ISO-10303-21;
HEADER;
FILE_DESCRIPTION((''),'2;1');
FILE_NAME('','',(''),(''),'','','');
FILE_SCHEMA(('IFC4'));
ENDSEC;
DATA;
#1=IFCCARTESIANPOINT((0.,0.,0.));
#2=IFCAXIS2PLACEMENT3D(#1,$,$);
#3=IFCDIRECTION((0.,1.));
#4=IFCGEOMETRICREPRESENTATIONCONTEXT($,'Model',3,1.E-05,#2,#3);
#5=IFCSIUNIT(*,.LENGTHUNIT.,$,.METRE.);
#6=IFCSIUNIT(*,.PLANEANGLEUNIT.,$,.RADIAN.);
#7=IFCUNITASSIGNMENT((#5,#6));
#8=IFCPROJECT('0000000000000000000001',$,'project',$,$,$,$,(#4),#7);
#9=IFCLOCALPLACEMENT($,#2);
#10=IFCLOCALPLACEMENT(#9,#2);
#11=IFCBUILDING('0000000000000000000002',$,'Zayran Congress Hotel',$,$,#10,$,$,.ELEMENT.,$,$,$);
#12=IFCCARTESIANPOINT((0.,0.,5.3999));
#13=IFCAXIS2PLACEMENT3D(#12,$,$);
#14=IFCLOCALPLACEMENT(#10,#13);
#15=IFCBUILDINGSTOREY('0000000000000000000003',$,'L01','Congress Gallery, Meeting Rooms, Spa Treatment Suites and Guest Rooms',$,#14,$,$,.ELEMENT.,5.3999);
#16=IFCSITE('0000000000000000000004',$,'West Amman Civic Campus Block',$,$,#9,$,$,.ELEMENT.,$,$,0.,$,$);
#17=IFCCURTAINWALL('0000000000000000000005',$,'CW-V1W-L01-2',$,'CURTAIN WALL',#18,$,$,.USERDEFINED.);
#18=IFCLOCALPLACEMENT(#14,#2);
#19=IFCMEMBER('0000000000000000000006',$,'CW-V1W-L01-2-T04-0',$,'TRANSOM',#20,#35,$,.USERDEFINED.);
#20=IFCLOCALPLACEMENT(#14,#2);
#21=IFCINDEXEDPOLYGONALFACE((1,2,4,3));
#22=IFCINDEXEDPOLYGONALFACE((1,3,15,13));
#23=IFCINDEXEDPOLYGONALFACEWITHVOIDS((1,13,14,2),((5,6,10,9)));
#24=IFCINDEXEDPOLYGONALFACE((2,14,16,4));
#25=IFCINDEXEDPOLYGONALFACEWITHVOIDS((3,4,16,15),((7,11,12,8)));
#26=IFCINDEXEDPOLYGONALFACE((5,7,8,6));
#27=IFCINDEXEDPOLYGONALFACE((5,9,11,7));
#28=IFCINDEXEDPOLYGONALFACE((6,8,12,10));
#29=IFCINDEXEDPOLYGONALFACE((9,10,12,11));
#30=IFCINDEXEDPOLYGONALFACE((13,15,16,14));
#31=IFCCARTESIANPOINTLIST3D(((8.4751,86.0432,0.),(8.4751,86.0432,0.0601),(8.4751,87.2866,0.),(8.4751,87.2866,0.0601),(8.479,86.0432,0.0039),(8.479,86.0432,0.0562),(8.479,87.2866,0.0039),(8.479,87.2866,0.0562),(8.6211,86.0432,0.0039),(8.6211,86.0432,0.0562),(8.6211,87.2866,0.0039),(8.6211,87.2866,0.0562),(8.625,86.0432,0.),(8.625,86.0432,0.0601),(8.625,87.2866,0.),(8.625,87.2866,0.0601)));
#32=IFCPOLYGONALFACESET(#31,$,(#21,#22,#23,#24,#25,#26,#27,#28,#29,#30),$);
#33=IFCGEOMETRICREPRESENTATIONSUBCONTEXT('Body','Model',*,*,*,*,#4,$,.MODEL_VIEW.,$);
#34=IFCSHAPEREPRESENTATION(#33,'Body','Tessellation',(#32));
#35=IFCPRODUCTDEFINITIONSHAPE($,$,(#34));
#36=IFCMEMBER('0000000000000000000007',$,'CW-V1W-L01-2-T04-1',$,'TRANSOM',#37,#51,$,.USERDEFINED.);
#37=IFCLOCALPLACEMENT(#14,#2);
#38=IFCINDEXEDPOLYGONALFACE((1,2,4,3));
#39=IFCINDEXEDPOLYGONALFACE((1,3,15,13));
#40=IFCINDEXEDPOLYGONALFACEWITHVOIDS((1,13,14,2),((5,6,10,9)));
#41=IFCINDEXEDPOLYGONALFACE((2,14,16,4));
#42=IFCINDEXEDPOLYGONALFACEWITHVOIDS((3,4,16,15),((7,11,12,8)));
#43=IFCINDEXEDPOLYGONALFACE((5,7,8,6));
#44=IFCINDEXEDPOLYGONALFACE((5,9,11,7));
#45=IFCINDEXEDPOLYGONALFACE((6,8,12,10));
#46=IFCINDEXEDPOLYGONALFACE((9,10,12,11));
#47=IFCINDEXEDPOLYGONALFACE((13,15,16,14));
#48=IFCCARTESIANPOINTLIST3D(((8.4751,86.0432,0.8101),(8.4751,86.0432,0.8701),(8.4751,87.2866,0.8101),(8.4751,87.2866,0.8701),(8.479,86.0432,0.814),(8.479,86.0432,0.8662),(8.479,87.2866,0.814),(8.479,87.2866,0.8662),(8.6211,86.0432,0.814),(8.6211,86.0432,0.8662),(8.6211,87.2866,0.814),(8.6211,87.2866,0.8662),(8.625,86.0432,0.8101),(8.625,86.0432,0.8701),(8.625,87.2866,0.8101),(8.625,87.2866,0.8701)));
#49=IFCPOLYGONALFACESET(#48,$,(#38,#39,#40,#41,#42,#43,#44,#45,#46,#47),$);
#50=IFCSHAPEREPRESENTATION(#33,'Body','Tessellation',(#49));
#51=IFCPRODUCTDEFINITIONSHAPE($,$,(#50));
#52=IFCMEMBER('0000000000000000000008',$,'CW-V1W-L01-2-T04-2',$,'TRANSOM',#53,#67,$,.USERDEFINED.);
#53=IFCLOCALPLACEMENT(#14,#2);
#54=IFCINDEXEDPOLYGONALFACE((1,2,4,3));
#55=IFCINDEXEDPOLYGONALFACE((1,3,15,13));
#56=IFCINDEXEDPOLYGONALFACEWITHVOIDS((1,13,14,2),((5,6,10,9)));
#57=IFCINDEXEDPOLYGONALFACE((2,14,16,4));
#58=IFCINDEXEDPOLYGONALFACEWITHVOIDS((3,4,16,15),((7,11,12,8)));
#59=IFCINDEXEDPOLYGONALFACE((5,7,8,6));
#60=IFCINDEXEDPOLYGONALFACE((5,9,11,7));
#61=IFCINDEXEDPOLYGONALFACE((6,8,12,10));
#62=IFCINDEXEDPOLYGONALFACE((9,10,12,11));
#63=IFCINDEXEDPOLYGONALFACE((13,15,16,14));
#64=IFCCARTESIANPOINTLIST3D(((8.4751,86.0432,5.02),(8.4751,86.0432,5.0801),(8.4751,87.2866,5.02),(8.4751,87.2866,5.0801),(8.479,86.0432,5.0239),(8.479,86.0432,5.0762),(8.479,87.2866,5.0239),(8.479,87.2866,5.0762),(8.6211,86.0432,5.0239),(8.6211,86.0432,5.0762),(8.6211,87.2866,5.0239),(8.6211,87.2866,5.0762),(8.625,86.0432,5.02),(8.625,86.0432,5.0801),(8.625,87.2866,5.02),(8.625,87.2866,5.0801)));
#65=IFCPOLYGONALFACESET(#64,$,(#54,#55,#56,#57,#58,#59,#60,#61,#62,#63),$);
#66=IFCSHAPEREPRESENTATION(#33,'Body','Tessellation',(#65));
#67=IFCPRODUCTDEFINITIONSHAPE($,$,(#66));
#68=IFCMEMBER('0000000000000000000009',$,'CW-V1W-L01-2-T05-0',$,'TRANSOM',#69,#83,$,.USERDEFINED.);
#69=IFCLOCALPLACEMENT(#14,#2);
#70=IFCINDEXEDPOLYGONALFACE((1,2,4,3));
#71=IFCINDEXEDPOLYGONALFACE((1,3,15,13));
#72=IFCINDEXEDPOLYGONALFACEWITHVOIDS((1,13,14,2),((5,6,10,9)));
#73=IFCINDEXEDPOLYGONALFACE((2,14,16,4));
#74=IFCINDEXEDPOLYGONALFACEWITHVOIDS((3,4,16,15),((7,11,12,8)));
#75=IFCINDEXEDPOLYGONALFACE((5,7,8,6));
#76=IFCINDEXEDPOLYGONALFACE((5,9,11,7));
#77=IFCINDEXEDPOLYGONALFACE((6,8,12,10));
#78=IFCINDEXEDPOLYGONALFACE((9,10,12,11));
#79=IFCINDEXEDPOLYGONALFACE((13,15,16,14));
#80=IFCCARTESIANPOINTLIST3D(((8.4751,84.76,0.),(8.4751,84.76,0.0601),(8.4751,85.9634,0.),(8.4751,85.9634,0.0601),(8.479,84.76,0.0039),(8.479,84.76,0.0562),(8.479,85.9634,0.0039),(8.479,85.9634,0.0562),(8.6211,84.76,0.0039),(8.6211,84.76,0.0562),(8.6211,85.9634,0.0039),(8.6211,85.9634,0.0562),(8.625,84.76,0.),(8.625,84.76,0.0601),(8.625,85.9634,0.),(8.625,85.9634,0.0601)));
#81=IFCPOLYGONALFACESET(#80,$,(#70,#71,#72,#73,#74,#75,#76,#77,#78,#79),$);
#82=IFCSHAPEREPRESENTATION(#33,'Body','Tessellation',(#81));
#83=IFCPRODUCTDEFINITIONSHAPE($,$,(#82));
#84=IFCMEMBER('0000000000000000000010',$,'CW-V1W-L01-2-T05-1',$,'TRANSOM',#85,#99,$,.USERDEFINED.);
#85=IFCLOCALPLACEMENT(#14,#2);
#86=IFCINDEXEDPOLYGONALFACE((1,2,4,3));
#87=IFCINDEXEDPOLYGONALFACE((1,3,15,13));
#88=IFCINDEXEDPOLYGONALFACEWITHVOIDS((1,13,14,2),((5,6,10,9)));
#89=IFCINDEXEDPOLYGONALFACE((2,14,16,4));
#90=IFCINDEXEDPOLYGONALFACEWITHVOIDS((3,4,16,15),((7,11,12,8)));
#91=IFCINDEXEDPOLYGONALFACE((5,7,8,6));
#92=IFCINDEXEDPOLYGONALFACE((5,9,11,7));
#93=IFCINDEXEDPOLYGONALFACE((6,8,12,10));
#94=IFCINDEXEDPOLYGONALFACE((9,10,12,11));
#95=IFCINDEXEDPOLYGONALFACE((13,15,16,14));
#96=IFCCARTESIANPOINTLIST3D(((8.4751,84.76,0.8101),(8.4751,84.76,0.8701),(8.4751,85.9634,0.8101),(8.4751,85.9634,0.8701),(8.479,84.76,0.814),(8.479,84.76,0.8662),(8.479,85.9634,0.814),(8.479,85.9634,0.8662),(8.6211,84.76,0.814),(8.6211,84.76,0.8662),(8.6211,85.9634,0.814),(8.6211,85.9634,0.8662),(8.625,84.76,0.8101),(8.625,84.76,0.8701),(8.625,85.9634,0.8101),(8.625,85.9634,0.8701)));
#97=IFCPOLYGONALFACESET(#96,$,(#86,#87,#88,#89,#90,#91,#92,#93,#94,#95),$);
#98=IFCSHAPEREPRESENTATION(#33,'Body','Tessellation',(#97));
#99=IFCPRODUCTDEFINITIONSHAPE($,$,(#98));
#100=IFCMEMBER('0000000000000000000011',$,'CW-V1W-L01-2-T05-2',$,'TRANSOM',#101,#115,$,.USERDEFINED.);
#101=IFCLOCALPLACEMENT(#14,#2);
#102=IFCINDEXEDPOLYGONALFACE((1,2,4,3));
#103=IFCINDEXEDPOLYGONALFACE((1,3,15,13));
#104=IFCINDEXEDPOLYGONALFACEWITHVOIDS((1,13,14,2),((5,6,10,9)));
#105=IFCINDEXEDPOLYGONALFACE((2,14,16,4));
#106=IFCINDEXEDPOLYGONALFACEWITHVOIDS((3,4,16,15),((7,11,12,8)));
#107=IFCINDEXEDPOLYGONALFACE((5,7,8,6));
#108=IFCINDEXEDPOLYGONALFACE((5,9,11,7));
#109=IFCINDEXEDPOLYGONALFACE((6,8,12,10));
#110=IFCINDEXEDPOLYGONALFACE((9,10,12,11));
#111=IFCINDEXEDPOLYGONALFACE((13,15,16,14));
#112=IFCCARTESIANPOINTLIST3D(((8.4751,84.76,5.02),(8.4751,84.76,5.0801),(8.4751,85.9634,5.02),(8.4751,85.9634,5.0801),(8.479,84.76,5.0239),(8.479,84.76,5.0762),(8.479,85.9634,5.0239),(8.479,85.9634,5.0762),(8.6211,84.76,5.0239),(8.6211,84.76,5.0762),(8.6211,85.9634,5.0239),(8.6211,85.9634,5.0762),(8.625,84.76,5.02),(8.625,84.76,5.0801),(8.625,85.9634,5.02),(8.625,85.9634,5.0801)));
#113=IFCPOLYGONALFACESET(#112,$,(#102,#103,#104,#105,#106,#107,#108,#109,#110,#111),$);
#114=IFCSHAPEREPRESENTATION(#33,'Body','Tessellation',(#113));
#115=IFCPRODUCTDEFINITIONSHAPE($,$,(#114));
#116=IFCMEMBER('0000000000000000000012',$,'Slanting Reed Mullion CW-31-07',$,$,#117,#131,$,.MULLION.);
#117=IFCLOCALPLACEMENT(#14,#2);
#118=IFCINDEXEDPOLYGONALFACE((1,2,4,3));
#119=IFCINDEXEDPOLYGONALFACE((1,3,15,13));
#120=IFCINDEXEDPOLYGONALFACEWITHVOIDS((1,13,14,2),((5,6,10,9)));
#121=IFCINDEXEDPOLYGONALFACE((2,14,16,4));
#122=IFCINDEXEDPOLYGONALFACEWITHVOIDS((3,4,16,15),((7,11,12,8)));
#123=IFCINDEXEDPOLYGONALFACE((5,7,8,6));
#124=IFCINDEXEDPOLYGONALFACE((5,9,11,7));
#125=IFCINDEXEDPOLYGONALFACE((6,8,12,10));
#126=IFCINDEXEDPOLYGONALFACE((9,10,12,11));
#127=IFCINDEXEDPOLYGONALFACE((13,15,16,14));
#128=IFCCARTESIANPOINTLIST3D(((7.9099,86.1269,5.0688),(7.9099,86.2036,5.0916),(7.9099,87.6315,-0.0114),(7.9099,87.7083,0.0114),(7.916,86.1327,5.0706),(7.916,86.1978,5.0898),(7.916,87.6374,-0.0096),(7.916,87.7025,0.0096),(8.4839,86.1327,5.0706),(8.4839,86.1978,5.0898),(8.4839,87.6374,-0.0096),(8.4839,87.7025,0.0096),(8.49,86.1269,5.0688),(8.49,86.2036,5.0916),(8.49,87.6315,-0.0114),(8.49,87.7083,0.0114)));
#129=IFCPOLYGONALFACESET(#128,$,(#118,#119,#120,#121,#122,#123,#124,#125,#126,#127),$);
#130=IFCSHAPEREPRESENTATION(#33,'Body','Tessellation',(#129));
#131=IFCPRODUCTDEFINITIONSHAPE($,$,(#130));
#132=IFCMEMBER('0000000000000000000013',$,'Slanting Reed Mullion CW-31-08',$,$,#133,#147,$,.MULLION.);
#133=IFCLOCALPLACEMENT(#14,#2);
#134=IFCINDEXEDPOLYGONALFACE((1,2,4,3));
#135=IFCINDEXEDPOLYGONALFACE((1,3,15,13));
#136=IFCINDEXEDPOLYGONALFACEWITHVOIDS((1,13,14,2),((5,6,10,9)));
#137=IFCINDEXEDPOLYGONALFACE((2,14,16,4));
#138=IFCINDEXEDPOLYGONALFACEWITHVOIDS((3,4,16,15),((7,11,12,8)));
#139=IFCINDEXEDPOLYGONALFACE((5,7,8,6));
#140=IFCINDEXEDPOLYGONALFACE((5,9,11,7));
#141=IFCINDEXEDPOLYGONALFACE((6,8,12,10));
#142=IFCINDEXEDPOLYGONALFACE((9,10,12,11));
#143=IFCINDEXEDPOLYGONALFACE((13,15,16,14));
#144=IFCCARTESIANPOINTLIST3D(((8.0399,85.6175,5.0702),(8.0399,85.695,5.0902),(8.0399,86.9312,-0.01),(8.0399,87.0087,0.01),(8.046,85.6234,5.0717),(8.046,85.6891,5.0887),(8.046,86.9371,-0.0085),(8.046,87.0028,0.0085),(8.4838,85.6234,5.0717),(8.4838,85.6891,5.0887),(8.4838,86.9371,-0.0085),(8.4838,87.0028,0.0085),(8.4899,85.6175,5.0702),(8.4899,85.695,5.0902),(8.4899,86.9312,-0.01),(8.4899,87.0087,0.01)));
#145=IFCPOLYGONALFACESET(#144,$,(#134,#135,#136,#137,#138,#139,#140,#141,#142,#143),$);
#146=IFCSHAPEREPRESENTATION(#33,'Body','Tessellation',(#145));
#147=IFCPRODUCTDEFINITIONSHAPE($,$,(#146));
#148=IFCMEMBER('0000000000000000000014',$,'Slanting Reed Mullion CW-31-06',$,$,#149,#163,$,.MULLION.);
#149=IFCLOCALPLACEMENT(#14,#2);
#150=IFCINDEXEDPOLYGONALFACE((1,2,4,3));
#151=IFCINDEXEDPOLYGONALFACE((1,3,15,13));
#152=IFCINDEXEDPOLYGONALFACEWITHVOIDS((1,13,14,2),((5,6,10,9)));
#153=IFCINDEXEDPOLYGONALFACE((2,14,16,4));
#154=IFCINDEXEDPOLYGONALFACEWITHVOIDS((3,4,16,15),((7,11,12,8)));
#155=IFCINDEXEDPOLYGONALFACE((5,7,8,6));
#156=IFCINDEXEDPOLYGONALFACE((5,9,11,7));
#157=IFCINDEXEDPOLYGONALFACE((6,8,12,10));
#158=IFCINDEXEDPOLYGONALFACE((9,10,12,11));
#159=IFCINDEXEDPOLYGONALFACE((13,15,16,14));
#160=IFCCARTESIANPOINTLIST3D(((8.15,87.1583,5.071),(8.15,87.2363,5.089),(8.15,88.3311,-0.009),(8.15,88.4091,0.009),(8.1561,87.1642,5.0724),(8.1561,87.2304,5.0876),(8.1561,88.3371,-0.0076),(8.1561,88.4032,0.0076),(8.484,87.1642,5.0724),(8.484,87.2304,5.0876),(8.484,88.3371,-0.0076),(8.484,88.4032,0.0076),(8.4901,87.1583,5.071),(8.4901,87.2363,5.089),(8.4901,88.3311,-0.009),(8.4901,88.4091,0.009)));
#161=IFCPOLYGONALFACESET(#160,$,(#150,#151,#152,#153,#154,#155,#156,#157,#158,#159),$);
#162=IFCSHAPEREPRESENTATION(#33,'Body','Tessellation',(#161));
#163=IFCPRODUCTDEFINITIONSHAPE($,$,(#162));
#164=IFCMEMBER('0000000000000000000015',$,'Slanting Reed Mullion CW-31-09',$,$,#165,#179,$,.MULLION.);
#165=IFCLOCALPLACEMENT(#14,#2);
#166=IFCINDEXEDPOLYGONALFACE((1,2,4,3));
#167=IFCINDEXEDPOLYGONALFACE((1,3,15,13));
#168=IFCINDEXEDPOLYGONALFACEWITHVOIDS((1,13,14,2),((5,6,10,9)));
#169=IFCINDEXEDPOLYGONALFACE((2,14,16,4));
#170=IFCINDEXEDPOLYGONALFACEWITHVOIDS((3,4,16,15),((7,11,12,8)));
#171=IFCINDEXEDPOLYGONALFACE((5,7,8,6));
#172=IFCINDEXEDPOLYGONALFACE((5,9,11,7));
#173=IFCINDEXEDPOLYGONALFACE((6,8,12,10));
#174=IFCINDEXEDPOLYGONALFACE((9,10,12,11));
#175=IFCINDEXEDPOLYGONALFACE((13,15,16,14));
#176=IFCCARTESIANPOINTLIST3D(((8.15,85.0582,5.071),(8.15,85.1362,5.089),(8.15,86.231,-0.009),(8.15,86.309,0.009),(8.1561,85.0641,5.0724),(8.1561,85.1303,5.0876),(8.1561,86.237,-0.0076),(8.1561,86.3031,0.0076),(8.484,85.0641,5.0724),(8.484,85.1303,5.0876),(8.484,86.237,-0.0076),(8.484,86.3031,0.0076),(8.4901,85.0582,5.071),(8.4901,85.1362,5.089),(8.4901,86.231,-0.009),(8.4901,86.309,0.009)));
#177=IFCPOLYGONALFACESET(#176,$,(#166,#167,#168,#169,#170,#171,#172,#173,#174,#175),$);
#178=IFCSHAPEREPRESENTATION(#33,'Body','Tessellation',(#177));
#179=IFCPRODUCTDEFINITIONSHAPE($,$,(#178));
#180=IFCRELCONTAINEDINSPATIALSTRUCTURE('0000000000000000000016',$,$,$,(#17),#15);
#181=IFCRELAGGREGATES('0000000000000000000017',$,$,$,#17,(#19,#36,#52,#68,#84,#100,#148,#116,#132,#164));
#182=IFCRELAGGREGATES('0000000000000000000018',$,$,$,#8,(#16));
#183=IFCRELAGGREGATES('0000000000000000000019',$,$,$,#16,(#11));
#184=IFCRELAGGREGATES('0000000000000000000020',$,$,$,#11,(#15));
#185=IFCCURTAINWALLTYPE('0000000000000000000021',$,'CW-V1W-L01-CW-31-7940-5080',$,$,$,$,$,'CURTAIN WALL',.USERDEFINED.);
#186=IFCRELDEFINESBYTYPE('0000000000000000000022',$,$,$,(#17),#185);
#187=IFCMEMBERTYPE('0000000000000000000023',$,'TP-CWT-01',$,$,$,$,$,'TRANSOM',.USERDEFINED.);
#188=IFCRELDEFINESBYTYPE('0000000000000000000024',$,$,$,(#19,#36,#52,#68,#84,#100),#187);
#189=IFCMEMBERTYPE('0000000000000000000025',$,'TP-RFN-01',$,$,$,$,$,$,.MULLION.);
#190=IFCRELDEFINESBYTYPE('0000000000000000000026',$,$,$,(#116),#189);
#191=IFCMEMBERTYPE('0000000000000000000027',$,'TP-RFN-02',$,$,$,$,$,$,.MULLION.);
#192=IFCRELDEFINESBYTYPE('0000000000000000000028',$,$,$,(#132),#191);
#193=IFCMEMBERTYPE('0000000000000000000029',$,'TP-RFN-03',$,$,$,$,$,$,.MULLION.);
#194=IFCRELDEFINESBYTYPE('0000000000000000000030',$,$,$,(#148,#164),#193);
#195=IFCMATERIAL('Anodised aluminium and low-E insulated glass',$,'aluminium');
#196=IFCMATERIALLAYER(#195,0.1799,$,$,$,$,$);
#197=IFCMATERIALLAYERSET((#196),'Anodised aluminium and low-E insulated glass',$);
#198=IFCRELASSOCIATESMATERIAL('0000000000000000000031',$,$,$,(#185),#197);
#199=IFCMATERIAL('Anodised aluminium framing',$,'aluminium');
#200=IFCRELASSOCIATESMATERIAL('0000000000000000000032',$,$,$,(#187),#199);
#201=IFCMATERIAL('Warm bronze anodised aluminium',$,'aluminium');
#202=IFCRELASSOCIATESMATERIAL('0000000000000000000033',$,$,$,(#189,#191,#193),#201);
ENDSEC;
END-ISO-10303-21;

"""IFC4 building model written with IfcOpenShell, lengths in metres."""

from ifc_helpers import new_model, si_unit, direction, frame, origin, origin_2d, place, context, subcontext, project, spatial, hollow_rectangle, extrude, material, layer, layer_set, material_profile, profile_set, type_object, element, aggregate, save


model = new_model("IFC4")

# Units and contexts
model_context = context("Model", 3, precision=1e-05, world=origin(), true_north=direction((0.0, 1.0)))
body_context = subcontext(model_context, "Body", "Model", "MODEL_VIEW")
ifc_project = project(units=[si_unit("LENGTHUNIT", "METRE"), si_unit("PLANEANGLEUNIT", "RADIAN")], contexts=[model_context])

# Site, building, storey
site_placement = place(None, origin())
site = spatial("IfcSite", under=ifc_project, at=site_placement, Name="West Amman Civic Campus Block", CompositionType="ELEMENT", RefElevation=0.0)
building_placement = place(site_placement, origin())
building = spatial("IfcBuilding", under=site, at=building_placement, Name="Zayran Congress Hotel", CompositionType="ELEMENT")
storey_placement = place(building_placement, frame((0.0, 0.0, 5.3999)))
storey = spatial("IfcBuildingStorey", under=building, at=storey_placement, Name="L01", Description="Congress Gallery, Meeting Rooms, Spa Treatment Suites and Guest Rooms", CompositionType="ELEMENT", Elevation=5.3999)

# Shared definitions
ifc_material_1 = material(Name="Anodised aluminium and low-E insulated glass", Category="aluminium")
ifc_material_2 = material(Name="Anodised aluminium framing", Category="aluminium")

# Curtain wall
ifc_layer_1 = layer(ifc_material_1, 0.1799)
ifc_layer_set_1 = layer_set([ifc_layer_1], Name="Anodised aluminium and low-E insulated glass")
curtain_wall_type_1 = type_object("IfcCurtainWallType", Name="CW-V1W-L01-CW-31-7940-5080", ElementType="CURTAIN WALL", PredefinedType="USERDEFINED", material=ifc_layer_set_1)
curtain_wall_1_placement = place(storey_placement, origin())
curtain_wall_1 = element("IfcCurtainWall", 1, at=curtain_wall_1_placement, inside=storey, type_object=curtain_wall_type_1, Name="CW-V1W-L01-2", ObjectType="CURTAIN WALL", PredefinedType="USERDEFINED")

# Members
ifc_material_profile_1 = material_profile(ifc_material_2, hollow_rectangle(XDim=0.0601, YDim=0.1499, WallThickness=0.0039, at=origin_2d()), Name="RHS 150x60x4")
ifc_profile_set_1 = profile_set([ifc_material_profile_1], Name="Anodised aluminium framing")
member_type_1 = type_object("IfcMemberType", Name="TP-CWT-01", ElementType="TRANSOM", PredefinedType="USERDEFINED", material=ifc_profile_set_1)
member_1_placement = place(storey_placement, frame((8.55, 87.2866, 0.03), z_axis=(0.0, -1.0, 0.0), x_axis=(0.0, 0.0, 1.0)))
member_1 = element("IfcMember", 2, at=member_1_placement, type_object=member_type_1, Name="CW-V1W-L01-2-T04-0", ObjectType="TRANSOM", PredefinedType="USERDEFINED", context=body_context, shape_type="SweptSolid", body=[
    extrude(hollow_rectangle(XDim=0.0601, YDim=0.1499, WallThickness=0.0039, at=origin_2d()), origin(), (0.0, 0.0, 1.0), 1.2434),
])
member_2_placement = place(storey_placement, frame((8.55, 87.2866, 0.8401), z_axis=(0.0, -1.0, 0.0), x_axis=(0.0, 0.0, 1.0)))
member_2 = element("IfcMember", 3, at=member_2_placement, type_object=member_type_1, Name="CW-V1W-L01-2-T04-1", ObjectType="TRANSOM", PredefinedType="USERDEFINED", context=body_context, shape_type="SweptSolid", body=[
    extrude(hollow_rectangle(XDim=0.0601, YDim=0.1499, WallThickness=0.0039, at=origin_2d()), origin(), (0.0, 0.0, 1.0), 1.2434),
])
member_3_placement = place(storey_placement, frame((8.55, 87.2866, 5.05), z_axis=(0.0, -1.0, 0.0), x_axis=(0.0, 0.0, 1.0)))
member_3 = element("IfcMember", 4, at=member_3_placement, type_object=member_type_1, Name="CW-V1W-L01-2-T04-2", ObjectType="TRANSOM", PredefinedType="USERDEFINED", context=body_context, shape_type="SweptSolid", body=[
    extrude(hollow_rectangle(XDim=0.0601, YDim=0.1499, WallThickness=0.0039, at=origin_2d()), origin(), (0.0, 0.0, 1.0), 1.2434),
])
member_4_placement = place(storey_placement, frame((8.55, 85.9634, 0.03), z_axis=(0.0, -1.0, 0.0), x_axis=(0.0, 0.0, 1.0)))
member_4 = element("IfcMember", 5, at=member_4_placement, type_object=member_type_1, Name="CW-V1W-L01-2-T05-0", ObjectType="TRANSOM", PredefinedType="USERDEFINED", context=body_context, shape_type="SweptSolid", body=[
    extrude(hollow_rectangle(XDim=0.0601, YDim=0.1499, WallThickness=0.0039, at=origin_2d()), origin(), (0.0, 0.0, 1.0), 1.2034),
])
member_5_placement = place(storey_placement, frame((8.55, 85.9634, 0.8401), z_axis=(0.0, -1.0, 0.0), x_axis=(0.0, 0.0, 1.0)))
member_5 = element("IfcMember", 6, at=member_5_placement, type_object=member_type_1, Name="CW-V1W-L01-2-T05-1", ObjectType="TRANSOM", PredefinedType="USERDEFINED", context=body_context, shape_type="SweptSolid", body=[
    extrude(hollow_rectangle(XDim=0.0601, YDim=0.1499, WallThickness=0.0039, at=origin_2d()), origin(), (0.0, 0.0, 1.0), 1.2034),
])
member_6_placement = place(storey_placement, frame((8.55, 85.9634, 5.05), z_axis=(0.0, -1.0, 0.0), x_axis=(0.0, 0.0, 1.0)))
member_6 = element("IfcMember", 7, at=member_6_placement, type_object=member_type_1, Name="CW-V1W-L01-2-T05-2", ObjectType="TRANSOM", PredefinedType="USERDEFINED", context=body_context, shape_type="SweptSolid", body=[
    extrude(hollow_rectangle(XDim=0.0601, YDim=0.1499, WallThickness=0.0039, at=origin_2d()), origin(), (0.0, 0.0, 1.0), 1.2034),
])
ifc_material_3 = material(Name="Warm bronze anodised aluminium", Category="aluminium")
ifc_material_profile_2 = material_profile(ifc_material_3, hollow_rectangle(XDim=0.0801, YDim=0.5801, WallThickness=0.0061, at=origin_2d()), Name="RHS 580x80x6")
ifc_profile_set_2 = profile_set([ifc_material_profile_2], Name="Warm bronze anodised aluminium")
member_type_2 = type_object("IfcMemberType", Name="TP-RFN-01", PredefinedType="MULLION", material=ifc_profile_set_2)
member_7_placement = place(storey_placement, frame((8.2, 87.6699, 0.0), z_axis=(0.0, -0.283989, 0.958827), x_axis=(0.0, 0.958827, 0.283989)))
member_7 = element("IfcMember", 8, at=member_7_placement, type_object=member_type_2, Name="Slanting Reed Mullion CW-31-07", PredefinedType="MULLION", context=body_context, shape_type="SweptSolid", body=[
    extrude(hollow_rectangle(XDim=0.0801, YDim=0.5801, WallThickness=0.0061, at=origin_2d()), origin(), (0.0, 0.0, 1.0), 5.2983),
])
ifc_material_profile_3 = material_profile(ifc_material_3, hollow_rectangle(XDim=0.0801, YDim=0.45, WallThickness=0.0061, at=origin_2d()), Name="RHS 450x80x6")
ifc_profile_set_3 = profile_set([ifc_material_profile_3], Name="Warm bronze anodised aluminium")
member_type_3 = type_object("IfcMemberType", Name="TP-RFN-02", PredefinedType="MULLION", material=ifc_profile_set_3)
member_8_placement = place(storey_placement, frame((8.2649, 86.97, 0.0), z_axis=(0.0, -0.250366, 0.968151), x_axis=(0.0, 0.968151, 0.250366)))
member_8 = element("IfcMember", 9, at=member_8_placement, type_object=member_type_3, Name="Slanting Reed Mullion CW-31-08", PredefinedType="MULLION", context=body_context, shape_type="SweptSolid", body=[
    extrude(hollow_rectangle(XDim=0.0801, YDim=0.45, WallThickness=0.0061, at=origin_2d()), origin(), (0.0, 0.0, 1.0), 5.2473),
])
ifc_material_profile_4 = material_profile(ifc_material_3, hollow_rectangle(XDim=0.0801, YDim=0.3401, WallThickness=0.0061, at=origin_2d()), Name="RHS 340x80x6")
ifc_profile_set_4 = profile_set([ifc_material_profile_4], Name="Warm bronze anodised aluminium")
member_type_4 = type_object("IfcMemberType", Name="TP-RFN-03", PredefinedType="MULLION", material=ifc_profile_set_4)
member_9_placement = place(storey_placement, frame((8.3201, 88.3701, 0.0), z_axis=(0.0, -0.224955, 0.974369), x_axis=(0.0, 0.974369, 0.224955)))
member_9 = element("IfcMember", 10, at=member_9_placement, type_object=member_type_4, Name="Slanting Reed Mullion CW-31-06", PredefinedType="MULLION", context=body_context, shape_type="SweptSolid", body=[
    extrude(hollow_rectangle(XDim=0.0801, YDim=0.3401, WallThickness=0.0061, at=origin_2d()), origin(), (0.0, 0.0, 1.0), 5.2136),
])
member_10_placement = place(storey_placement, frame((8.3201, 86.27, 0.0), z_axis=(0.0, -0.224955, 0.974369), x_axis=(0.0, 0.974369, 0.224955)))
member_10 = element("IfcMember", 11, at=member_10_placement, type_object=member_type_4, Name="Slanting Reed Mullion CW-31-09", PredefinedType="MULLION", context=body_context, shape_type="SweptSolid", body=[
    extrude(hollow_rectangle(XDim=0.0801, YDim=0.3401, WallThickness=0.0061, at=origin_2d()), origin(), (0.0, 0.0, 1.0), 5.2136),
])

aggregate(curtain_wall_1, [member_1, member_2, member_3, member_4, member_5, member_6, member_9, member_7, member_8, member_10])

save(model, "model.ifc")
